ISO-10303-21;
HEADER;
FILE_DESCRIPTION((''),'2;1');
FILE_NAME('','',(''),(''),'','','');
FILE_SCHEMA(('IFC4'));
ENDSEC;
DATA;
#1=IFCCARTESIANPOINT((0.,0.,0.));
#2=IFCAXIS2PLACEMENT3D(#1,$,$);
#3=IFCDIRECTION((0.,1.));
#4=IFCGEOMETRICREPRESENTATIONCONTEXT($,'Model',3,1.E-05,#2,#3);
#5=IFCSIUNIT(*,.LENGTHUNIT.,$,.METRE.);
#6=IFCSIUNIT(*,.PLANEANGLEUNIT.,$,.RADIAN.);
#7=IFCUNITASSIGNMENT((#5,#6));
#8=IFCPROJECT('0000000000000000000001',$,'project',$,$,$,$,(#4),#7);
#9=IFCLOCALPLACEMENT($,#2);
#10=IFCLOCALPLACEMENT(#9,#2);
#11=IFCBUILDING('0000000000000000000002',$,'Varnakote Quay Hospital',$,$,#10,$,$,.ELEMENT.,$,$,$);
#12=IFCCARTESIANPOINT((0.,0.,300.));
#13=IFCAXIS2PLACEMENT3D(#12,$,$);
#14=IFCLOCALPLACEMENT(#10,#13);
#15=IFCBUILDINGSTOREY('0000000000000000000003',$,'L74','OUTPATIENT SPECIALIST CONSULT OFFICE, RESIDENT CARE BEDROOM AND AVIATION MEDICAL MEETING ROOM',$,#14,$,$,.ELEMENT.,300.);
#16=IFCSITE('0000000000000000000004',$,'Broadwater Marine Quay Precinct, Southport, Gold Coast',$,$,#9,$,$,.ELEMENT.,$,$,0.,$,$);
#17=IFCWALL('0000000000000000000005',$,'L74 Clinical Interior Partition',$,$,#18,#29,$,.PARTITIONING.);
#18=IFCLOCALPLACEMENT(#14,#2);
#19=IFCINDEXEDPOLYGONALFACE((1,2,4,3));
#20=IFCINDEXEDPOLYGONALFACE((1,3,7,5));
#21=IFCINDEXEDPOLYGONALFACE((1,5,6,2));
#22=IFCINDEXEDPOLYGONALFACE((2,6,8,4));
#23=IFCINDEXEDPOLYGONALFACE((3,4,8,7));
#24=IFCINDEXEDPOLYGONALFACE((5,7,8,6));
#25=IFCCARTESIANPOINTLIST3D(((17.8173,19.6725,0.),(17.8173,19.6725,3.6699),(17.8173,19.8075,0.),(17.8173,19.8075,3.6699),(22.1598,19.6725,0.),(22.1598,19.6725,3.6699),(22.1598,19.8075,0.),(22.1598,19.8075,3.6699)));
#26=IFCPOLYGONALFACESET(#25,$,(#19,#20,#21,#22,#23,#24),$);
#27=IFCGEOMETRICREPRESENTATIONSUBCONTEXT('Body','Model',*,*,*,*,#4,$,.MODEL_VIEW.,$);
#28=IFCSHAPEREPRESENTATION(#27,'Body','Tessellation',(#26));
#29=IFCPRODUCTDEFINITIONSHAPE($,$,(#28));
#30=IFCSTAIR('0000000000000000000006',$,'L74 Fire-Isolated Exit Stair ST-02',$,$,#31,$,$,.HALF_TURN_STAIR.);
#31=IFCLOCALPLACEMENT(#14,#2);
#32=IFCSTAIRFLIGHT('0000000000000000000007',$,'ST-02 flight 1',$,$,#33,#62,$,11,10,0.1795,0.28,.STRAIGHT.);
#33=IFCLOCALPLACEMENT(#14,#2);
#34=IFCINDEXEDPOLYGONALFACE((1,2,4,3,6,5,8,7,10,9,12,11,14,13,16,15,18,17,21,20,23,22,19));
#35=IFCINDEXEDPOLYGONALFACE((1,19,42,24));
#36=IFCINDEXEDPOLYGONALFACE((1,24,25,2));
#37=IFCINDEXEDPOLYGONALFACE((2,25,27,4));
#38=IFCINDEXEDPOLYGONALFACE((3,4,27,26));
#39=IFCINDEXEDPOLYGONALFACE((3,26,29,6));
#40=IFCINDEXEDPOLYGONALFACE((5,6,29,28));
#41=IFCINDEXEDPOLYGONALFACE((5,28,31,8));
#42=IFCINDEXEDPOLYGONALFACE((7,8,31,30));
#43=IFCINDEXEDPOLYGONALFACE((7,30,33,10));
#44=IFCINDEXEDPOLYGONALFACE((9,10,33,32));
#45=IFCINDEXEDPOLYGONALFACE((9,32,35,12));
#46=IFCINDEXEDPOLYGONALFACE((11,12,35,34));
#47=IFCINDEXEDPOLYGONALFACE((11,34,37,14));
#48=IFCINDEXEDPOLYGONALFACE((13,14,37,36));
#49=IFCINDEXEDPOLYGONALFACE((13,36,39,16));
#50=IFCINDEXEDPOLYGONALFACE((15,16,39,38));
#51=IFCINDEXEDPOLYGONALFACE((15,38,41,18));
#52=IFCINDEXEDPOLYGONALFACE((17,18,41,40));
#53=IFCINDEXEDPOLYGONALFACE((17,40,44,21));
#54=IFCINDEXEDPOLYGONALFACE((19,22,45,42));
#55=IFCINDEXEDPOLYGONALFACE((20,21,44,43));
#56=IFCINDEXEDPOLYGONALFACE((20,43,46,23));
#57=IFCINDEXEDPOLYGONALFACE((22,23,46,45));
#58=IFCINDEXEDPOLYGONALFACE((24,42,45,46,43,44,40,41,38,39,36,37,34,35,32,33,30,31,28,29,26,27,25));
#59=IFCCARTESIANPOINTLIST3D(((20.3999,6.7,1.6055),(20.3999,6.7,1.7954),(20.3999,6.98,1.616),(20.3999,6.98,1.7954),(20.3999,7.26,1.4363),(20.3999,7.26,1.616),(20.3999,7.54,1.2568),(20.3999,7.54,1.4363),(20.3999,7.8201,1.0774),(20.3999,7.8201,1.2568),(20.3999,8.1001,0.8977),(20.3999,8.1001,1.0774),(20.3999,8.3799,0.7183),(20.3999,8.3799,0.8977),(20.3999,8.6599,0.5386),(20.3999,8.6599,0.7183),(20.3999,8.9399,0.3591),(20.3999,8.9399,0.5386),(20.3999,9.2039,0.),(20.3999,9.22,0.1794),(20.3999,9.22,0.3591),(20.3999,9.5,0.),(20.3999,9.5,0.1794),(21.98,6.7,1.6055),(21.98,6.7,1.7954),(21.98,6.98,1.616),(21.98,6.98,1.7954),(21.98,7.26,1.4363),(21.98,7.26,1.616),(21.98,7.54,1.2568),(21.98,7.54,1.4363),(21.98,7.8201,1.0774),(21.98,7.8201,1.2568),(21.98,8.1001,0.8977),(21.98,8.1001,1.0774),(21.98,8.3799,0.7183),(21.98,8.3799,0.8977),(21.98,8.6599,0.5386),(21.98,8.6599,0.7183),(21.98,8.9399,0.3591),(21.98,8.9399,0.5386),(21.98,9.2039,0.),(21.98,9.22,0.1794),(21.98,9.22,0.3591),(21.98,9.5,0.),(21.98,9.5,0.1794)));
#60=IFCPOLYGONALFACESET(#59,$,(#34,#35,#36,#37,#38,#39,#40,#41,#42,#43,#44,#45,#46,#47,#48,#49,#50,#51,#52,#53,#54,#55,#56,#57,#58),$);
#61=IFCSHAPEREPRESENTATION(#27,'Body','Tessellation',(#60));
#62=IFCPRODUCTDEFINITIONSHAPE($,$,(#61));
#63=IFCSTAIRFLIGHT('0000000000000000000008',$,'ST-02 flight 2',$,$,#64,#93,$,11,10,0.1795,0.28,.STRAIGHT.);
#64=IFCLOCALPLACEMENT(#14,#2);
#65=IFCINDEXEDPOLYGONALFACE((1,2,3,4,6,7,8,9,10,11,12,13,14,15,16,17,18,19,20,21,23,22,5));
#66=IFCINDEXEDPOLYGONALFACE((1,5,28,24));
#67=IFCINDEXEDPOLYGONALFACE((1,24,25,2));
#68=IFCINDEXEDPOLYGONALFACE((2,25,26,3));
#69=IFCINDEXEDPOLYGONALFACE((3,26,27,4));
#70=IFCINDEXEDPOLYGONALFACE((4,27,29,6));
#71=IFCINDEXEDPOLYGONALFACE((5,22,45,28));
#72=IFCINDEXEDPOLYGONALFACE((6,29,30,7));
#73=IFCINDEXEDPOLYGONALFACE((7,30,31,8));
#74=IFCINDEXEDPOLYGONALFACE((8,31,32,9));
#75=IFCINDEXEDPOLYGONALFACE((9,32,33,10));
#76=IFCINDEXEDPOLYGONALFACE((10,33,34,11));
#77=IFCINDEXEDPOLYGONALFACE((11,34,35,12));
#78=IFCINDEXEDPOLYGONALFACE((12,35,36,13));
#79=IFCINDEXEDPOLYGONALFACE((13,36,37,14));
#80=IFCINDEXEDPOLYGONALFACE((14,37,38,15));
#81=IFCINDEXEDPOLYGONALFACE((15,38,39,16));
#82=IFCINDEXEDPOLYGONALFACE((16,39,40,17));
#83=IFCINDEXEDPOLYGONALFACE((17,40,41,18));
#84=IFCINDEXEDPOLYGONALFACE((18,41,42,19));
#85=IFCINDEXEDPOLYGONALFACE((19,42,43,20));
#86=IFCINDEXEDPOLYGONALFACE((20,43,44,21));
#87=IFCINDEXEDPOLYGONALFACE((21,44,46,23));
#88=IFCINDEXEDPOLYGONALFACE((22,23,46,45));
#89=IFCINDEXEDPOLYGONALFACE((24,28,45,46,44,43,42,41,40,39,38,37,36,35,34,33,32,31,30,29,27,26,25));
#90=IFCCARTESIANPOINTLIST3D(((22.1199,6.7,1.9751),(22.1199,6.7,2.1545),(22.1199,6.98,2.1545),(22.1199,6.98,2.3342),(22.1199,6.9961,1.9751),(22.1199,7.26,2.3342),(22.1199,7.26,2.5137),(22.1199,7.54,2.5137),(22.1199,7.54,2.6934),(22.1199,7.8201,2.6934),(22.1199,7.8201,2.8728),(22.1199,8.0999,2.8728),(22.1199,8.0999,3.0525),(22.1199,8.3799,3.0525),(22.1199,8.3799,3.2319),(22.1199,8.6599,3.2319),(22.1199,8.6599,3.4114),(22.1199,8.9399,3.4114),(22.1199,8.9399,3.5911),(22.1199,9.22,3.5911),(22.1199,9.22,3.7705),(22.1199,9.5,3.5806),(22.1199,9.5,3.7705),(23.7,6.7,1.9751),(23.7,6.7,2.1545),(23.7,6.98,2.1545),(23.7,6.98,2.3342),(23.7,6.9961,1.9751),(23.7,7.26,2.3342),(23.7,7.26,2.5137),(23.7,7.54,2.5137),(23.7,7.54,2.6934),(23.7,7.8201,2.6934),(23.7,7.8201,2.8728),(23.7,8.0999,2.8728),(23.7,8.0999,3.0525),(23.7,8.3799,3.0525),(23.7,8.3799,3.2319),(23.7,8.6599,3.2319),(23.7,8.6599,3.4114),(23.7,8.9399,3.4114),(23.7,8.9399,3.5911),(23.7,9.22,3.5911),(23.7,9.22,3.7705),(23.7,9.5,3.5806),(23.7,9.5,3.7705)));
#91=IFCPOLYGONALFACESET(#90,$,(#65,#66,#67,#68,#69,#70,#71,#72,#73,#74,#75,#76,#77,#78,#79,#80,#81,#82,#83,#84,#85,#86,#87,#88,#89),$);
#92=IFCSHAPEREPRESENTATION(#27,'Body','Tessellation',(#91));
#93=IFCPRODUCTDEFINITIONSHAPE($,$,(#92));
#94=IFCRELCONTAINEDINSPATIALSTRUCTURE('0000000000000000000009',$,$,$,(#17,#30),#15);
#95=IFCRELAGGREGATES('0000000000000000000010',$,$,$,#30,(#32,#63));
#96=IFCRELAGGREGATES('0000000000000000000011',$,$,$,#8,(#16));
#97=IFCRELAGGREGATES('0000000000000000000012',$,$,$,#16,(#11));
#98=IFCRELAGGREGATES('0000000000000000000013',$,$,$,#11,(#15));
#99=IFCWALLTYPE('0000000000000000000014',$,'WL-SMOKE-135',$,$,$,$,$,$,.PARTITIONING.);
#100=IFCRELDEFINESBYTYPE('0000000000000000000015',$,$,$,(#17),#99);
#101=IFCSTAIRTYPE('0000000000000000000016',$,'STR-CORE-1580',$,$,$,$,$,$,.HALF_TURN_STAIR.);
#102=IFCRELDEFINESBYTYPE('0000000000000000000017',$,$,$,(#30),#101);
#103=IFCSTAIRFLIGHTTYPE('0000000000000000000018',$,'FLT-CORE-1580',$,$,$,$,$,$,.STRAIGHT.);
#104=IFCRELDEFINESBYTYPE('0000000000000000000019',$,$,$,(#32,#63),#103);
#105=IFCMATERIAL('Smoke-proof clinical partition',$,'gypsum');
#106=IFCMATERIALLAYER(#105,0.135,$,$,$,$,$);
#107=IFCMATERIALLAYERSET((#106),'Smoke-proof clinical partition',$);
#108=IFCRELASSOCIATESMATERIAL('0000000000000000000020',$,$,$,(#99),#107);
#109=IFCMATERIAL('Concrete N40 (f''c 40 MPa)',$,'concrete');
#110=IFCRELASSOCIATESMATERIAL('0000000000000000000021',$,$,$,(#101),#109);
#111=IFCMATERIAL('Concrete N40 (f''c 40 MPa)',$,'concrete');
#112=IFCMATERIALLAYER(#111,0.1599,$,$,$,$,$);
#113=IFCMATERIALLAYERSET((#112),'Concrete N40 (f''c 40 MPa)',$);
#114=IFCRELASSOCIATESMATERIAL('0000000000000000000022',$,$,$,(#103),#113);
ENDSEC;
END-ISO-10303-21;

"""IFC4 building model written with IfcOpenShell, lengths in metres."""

from ifc_helpers import new_model, si_unit, direction, frame, frame_2d, origin, place, context, subcontext, project, spatial, polyline, rectangle, outline, extrude, material, layer, layer_set, type_object, element, aggregate, save


model = new_model("IFC4")

# Units and contexts
model_context = context("Model", 3, precision=1e-05, world=origin(), true_north=direction((0.0, 1.0)))
body_context = subcontext(model_context, "Body", "Model", "MODEL_VIEW")
ifc_project = project(units=[si_unit("LENGTHUNIT", "METRE"), si_unit("PLANEANGLEUNIT", "RADIAN")], contexts=[model_context])

# Site, building, storey
site_placement = place(None, origin())
site = spatial("IfcSite", under=ifc_project, at=site_placement, Name="Broadwater Marine Quay Precinct, Southport, Gold Coast", CompositionType="ELEMENT", RefElevation=0.0)
building_placement = place(site_placement, origin())
building = spatial("IfcBuilding", under=site, at=building_placement, Name="Varnakote Quay Hospital", CompositionType="ELEMENT")
storey_placement = place(building_placement, frame((0.0, 0.0, 300.0)))
storey = spatial("IfcBuildingStorey", under=building, at=storey_placement, Name="L74", Description="OUTPATIENT SPECIALIST CONSULT OFFICE, RESIDENT CARE BEDROOM AND AVIATION MEDICAL MEETING ROOM", CompositionType="ELEMENT", Elevation=300.0)

# Wall
ifc_material_1 = material(Name="Smoke-proof clinical partition", Category="gypsum")
ifc_layer_1 = layer(ifc_material_1, 0.135)
ifc_layer_set_1 = layer_set([ifc_layer_1], Name="Smoke-proof clinical partition")
wall_type_1 = type_object("IfcWallType", Name="WL-SMOKE-135", PredefinedType="PARTITIONING", material=ifc_layer_set_1)
wall_1_placement = place(storey_placement, frame((22.1599, 19.74, 0.0), z_axis=(0.0, 0.0, 1.0), x_axis=(-1.0, 0.0, 0.0)))
element("IfcWall", 1, at=wall_1_placement, inside=storey, type_object=wall_type_1, Name="L74 Clinical Interior Partition", PredefinedType="PARTITIONING", context=body_context, shape_type="SweptSolid", body=[
    extrude(rectangle(XDim=4.3425, YDim=0.135, at=frame_2d((2.1714, 0.0))), origin(), (0.0, 0.0, 1.0), 3.6699),
])

# Stair, stair flights
ifc_material_2 = material(Name="Concrete N40 (f'c 40 MPa)", Category="concrete")
stair_type = type_object("IfcStairType", Name="STR-CORE-1580", PredefinedType="HALF_TURN_STAIR", material=ifc_material_2)
stair_placement = place(storey_placement, origin())
stair = element("IfcStair", 2, at=stair_placement, inside=storey, type_object=stair_type, Name="L74 Fire-Isolated Exit Stair ST-02", PredefinedType="HALF_TURN_STAIR")
ifc_material_3 = material(Name="Concrete N40 (f'c 40 MPa)", Category="concrete")
ifc_layer_2 = layer(ifc_material_3, 0.1599)
ifc_layer_set_2 = layer_set([ifc_layer_2], Name="Concrete N40 (f'c 40 MPa)")
stair_flight_type = type_object("IfcStairFlightType", Name="FLT-CORE-1580", PredefinedType="STRAIGHT", material=ifc_layer_set_2)
stair_flight_1_placement = place(storey_placement, frame((21.1899, 9.5, 0.0), z_axis=(0.0, 0.0, 1.0), x_axis=(0.0, -1.0, 0.0)))
stair_flight_1 = element("IfcStairFlight", 3, at=stair_flight_1_placement, type_object=stair_flight_type, Name="ST-02 flight 1", NumberOfRisers=11, NumberOfTreads=10, PredefinedType="STRAIGHT", RiserHeight=0.1795, TreadLength=0.28, context=body_context, shape_type="SweptSolid", body=[
    extrude(outline(polyline([(0.0, 0.0), (0.0, 0.1794), (0.28, 0.1794), (0.28, 0.3591), (0.5601, 0.3591), (0.5601, 0.5386), (0.8401, 0.5386), (0.8401, 0.7183), (1.1201, 0.7183), (1.1201, 0.8977), (1.3999, 0.8977), (1.3999, 1.0774), (1.6799, 1.0774), (1.6799, 1.2568), (1.96, 1.2568), (1.96, 1.4363), (2.24, 1.4363), (2.24, 1.616), (2.52, 1.616), (2.52, 1.7954), (2.8, 1.7954), (2.8, 1.9751), (2.8, 1.6055), (0.2961, 0.0), (0.0, 0.0)])), frame((0.0, 0.79, 0.0), z_axis=(0.0, -1.0, 0.0), x_axis=(1.0, 0.0, 0.0)), (0.0, 0.0, 1.0), 1.5801),
])
stair_flight_2_placement = place(storey_placement, frame((22.9099, 6.7, 1.9751), z_axis=(0.0, 0.0, 1.0), x_axis=(0.0, 1.0, 0.0)))
stair_flight_2 = element("IfcStairFlight", 4, at=stair_flight_2_placement, type_object=stair_flight_type, Name="ST-02 flight 2", NumberOfRisers=11, NumberOfTreads=10, PredefinedType="STRAIGHT", RiserHeight=0.1795, TreadLength=0.28, context=body_context, shape_type="SweptSolid", body=[
    extrude(outline(polyline([(0.0, 0.0), (0.0, 0.1794), (0.28, 0.1794), (0.28, 0.3591), (0.5601, 0.3591), (0.5601, 0.5386), (0.8401, 0.5386), (0.8401, 0.7183), (1.1201, 0.7183), (1.1201, 0.8977), (1.3999, 0.8977), (1.3999, 1.0774), (1.6799, 1.0774), (1.6799, 1.2568), (1.96, 1.2568), (1.96, 1.4363), (2.24, 1.4363), (2.24, 1.616), (2.52, 1.616), (2.52, 1.7954), (2.8, 1.7954), (2.8, 1.9751), (2.8, 1.6055), (0.2961, 0.0), (0.0, 0.0)])), frame((0.0, 0.79, 0.0), z_axis=(0.0, -1.0, 0.0), x_axis=(1.0, 0.0, 0.0)), (0.0, 0.0, 1.0), 1.5801),
])
aggregate(stair, [stair_flight_1, stair_flight_2])

save(model, "model.ifc")
